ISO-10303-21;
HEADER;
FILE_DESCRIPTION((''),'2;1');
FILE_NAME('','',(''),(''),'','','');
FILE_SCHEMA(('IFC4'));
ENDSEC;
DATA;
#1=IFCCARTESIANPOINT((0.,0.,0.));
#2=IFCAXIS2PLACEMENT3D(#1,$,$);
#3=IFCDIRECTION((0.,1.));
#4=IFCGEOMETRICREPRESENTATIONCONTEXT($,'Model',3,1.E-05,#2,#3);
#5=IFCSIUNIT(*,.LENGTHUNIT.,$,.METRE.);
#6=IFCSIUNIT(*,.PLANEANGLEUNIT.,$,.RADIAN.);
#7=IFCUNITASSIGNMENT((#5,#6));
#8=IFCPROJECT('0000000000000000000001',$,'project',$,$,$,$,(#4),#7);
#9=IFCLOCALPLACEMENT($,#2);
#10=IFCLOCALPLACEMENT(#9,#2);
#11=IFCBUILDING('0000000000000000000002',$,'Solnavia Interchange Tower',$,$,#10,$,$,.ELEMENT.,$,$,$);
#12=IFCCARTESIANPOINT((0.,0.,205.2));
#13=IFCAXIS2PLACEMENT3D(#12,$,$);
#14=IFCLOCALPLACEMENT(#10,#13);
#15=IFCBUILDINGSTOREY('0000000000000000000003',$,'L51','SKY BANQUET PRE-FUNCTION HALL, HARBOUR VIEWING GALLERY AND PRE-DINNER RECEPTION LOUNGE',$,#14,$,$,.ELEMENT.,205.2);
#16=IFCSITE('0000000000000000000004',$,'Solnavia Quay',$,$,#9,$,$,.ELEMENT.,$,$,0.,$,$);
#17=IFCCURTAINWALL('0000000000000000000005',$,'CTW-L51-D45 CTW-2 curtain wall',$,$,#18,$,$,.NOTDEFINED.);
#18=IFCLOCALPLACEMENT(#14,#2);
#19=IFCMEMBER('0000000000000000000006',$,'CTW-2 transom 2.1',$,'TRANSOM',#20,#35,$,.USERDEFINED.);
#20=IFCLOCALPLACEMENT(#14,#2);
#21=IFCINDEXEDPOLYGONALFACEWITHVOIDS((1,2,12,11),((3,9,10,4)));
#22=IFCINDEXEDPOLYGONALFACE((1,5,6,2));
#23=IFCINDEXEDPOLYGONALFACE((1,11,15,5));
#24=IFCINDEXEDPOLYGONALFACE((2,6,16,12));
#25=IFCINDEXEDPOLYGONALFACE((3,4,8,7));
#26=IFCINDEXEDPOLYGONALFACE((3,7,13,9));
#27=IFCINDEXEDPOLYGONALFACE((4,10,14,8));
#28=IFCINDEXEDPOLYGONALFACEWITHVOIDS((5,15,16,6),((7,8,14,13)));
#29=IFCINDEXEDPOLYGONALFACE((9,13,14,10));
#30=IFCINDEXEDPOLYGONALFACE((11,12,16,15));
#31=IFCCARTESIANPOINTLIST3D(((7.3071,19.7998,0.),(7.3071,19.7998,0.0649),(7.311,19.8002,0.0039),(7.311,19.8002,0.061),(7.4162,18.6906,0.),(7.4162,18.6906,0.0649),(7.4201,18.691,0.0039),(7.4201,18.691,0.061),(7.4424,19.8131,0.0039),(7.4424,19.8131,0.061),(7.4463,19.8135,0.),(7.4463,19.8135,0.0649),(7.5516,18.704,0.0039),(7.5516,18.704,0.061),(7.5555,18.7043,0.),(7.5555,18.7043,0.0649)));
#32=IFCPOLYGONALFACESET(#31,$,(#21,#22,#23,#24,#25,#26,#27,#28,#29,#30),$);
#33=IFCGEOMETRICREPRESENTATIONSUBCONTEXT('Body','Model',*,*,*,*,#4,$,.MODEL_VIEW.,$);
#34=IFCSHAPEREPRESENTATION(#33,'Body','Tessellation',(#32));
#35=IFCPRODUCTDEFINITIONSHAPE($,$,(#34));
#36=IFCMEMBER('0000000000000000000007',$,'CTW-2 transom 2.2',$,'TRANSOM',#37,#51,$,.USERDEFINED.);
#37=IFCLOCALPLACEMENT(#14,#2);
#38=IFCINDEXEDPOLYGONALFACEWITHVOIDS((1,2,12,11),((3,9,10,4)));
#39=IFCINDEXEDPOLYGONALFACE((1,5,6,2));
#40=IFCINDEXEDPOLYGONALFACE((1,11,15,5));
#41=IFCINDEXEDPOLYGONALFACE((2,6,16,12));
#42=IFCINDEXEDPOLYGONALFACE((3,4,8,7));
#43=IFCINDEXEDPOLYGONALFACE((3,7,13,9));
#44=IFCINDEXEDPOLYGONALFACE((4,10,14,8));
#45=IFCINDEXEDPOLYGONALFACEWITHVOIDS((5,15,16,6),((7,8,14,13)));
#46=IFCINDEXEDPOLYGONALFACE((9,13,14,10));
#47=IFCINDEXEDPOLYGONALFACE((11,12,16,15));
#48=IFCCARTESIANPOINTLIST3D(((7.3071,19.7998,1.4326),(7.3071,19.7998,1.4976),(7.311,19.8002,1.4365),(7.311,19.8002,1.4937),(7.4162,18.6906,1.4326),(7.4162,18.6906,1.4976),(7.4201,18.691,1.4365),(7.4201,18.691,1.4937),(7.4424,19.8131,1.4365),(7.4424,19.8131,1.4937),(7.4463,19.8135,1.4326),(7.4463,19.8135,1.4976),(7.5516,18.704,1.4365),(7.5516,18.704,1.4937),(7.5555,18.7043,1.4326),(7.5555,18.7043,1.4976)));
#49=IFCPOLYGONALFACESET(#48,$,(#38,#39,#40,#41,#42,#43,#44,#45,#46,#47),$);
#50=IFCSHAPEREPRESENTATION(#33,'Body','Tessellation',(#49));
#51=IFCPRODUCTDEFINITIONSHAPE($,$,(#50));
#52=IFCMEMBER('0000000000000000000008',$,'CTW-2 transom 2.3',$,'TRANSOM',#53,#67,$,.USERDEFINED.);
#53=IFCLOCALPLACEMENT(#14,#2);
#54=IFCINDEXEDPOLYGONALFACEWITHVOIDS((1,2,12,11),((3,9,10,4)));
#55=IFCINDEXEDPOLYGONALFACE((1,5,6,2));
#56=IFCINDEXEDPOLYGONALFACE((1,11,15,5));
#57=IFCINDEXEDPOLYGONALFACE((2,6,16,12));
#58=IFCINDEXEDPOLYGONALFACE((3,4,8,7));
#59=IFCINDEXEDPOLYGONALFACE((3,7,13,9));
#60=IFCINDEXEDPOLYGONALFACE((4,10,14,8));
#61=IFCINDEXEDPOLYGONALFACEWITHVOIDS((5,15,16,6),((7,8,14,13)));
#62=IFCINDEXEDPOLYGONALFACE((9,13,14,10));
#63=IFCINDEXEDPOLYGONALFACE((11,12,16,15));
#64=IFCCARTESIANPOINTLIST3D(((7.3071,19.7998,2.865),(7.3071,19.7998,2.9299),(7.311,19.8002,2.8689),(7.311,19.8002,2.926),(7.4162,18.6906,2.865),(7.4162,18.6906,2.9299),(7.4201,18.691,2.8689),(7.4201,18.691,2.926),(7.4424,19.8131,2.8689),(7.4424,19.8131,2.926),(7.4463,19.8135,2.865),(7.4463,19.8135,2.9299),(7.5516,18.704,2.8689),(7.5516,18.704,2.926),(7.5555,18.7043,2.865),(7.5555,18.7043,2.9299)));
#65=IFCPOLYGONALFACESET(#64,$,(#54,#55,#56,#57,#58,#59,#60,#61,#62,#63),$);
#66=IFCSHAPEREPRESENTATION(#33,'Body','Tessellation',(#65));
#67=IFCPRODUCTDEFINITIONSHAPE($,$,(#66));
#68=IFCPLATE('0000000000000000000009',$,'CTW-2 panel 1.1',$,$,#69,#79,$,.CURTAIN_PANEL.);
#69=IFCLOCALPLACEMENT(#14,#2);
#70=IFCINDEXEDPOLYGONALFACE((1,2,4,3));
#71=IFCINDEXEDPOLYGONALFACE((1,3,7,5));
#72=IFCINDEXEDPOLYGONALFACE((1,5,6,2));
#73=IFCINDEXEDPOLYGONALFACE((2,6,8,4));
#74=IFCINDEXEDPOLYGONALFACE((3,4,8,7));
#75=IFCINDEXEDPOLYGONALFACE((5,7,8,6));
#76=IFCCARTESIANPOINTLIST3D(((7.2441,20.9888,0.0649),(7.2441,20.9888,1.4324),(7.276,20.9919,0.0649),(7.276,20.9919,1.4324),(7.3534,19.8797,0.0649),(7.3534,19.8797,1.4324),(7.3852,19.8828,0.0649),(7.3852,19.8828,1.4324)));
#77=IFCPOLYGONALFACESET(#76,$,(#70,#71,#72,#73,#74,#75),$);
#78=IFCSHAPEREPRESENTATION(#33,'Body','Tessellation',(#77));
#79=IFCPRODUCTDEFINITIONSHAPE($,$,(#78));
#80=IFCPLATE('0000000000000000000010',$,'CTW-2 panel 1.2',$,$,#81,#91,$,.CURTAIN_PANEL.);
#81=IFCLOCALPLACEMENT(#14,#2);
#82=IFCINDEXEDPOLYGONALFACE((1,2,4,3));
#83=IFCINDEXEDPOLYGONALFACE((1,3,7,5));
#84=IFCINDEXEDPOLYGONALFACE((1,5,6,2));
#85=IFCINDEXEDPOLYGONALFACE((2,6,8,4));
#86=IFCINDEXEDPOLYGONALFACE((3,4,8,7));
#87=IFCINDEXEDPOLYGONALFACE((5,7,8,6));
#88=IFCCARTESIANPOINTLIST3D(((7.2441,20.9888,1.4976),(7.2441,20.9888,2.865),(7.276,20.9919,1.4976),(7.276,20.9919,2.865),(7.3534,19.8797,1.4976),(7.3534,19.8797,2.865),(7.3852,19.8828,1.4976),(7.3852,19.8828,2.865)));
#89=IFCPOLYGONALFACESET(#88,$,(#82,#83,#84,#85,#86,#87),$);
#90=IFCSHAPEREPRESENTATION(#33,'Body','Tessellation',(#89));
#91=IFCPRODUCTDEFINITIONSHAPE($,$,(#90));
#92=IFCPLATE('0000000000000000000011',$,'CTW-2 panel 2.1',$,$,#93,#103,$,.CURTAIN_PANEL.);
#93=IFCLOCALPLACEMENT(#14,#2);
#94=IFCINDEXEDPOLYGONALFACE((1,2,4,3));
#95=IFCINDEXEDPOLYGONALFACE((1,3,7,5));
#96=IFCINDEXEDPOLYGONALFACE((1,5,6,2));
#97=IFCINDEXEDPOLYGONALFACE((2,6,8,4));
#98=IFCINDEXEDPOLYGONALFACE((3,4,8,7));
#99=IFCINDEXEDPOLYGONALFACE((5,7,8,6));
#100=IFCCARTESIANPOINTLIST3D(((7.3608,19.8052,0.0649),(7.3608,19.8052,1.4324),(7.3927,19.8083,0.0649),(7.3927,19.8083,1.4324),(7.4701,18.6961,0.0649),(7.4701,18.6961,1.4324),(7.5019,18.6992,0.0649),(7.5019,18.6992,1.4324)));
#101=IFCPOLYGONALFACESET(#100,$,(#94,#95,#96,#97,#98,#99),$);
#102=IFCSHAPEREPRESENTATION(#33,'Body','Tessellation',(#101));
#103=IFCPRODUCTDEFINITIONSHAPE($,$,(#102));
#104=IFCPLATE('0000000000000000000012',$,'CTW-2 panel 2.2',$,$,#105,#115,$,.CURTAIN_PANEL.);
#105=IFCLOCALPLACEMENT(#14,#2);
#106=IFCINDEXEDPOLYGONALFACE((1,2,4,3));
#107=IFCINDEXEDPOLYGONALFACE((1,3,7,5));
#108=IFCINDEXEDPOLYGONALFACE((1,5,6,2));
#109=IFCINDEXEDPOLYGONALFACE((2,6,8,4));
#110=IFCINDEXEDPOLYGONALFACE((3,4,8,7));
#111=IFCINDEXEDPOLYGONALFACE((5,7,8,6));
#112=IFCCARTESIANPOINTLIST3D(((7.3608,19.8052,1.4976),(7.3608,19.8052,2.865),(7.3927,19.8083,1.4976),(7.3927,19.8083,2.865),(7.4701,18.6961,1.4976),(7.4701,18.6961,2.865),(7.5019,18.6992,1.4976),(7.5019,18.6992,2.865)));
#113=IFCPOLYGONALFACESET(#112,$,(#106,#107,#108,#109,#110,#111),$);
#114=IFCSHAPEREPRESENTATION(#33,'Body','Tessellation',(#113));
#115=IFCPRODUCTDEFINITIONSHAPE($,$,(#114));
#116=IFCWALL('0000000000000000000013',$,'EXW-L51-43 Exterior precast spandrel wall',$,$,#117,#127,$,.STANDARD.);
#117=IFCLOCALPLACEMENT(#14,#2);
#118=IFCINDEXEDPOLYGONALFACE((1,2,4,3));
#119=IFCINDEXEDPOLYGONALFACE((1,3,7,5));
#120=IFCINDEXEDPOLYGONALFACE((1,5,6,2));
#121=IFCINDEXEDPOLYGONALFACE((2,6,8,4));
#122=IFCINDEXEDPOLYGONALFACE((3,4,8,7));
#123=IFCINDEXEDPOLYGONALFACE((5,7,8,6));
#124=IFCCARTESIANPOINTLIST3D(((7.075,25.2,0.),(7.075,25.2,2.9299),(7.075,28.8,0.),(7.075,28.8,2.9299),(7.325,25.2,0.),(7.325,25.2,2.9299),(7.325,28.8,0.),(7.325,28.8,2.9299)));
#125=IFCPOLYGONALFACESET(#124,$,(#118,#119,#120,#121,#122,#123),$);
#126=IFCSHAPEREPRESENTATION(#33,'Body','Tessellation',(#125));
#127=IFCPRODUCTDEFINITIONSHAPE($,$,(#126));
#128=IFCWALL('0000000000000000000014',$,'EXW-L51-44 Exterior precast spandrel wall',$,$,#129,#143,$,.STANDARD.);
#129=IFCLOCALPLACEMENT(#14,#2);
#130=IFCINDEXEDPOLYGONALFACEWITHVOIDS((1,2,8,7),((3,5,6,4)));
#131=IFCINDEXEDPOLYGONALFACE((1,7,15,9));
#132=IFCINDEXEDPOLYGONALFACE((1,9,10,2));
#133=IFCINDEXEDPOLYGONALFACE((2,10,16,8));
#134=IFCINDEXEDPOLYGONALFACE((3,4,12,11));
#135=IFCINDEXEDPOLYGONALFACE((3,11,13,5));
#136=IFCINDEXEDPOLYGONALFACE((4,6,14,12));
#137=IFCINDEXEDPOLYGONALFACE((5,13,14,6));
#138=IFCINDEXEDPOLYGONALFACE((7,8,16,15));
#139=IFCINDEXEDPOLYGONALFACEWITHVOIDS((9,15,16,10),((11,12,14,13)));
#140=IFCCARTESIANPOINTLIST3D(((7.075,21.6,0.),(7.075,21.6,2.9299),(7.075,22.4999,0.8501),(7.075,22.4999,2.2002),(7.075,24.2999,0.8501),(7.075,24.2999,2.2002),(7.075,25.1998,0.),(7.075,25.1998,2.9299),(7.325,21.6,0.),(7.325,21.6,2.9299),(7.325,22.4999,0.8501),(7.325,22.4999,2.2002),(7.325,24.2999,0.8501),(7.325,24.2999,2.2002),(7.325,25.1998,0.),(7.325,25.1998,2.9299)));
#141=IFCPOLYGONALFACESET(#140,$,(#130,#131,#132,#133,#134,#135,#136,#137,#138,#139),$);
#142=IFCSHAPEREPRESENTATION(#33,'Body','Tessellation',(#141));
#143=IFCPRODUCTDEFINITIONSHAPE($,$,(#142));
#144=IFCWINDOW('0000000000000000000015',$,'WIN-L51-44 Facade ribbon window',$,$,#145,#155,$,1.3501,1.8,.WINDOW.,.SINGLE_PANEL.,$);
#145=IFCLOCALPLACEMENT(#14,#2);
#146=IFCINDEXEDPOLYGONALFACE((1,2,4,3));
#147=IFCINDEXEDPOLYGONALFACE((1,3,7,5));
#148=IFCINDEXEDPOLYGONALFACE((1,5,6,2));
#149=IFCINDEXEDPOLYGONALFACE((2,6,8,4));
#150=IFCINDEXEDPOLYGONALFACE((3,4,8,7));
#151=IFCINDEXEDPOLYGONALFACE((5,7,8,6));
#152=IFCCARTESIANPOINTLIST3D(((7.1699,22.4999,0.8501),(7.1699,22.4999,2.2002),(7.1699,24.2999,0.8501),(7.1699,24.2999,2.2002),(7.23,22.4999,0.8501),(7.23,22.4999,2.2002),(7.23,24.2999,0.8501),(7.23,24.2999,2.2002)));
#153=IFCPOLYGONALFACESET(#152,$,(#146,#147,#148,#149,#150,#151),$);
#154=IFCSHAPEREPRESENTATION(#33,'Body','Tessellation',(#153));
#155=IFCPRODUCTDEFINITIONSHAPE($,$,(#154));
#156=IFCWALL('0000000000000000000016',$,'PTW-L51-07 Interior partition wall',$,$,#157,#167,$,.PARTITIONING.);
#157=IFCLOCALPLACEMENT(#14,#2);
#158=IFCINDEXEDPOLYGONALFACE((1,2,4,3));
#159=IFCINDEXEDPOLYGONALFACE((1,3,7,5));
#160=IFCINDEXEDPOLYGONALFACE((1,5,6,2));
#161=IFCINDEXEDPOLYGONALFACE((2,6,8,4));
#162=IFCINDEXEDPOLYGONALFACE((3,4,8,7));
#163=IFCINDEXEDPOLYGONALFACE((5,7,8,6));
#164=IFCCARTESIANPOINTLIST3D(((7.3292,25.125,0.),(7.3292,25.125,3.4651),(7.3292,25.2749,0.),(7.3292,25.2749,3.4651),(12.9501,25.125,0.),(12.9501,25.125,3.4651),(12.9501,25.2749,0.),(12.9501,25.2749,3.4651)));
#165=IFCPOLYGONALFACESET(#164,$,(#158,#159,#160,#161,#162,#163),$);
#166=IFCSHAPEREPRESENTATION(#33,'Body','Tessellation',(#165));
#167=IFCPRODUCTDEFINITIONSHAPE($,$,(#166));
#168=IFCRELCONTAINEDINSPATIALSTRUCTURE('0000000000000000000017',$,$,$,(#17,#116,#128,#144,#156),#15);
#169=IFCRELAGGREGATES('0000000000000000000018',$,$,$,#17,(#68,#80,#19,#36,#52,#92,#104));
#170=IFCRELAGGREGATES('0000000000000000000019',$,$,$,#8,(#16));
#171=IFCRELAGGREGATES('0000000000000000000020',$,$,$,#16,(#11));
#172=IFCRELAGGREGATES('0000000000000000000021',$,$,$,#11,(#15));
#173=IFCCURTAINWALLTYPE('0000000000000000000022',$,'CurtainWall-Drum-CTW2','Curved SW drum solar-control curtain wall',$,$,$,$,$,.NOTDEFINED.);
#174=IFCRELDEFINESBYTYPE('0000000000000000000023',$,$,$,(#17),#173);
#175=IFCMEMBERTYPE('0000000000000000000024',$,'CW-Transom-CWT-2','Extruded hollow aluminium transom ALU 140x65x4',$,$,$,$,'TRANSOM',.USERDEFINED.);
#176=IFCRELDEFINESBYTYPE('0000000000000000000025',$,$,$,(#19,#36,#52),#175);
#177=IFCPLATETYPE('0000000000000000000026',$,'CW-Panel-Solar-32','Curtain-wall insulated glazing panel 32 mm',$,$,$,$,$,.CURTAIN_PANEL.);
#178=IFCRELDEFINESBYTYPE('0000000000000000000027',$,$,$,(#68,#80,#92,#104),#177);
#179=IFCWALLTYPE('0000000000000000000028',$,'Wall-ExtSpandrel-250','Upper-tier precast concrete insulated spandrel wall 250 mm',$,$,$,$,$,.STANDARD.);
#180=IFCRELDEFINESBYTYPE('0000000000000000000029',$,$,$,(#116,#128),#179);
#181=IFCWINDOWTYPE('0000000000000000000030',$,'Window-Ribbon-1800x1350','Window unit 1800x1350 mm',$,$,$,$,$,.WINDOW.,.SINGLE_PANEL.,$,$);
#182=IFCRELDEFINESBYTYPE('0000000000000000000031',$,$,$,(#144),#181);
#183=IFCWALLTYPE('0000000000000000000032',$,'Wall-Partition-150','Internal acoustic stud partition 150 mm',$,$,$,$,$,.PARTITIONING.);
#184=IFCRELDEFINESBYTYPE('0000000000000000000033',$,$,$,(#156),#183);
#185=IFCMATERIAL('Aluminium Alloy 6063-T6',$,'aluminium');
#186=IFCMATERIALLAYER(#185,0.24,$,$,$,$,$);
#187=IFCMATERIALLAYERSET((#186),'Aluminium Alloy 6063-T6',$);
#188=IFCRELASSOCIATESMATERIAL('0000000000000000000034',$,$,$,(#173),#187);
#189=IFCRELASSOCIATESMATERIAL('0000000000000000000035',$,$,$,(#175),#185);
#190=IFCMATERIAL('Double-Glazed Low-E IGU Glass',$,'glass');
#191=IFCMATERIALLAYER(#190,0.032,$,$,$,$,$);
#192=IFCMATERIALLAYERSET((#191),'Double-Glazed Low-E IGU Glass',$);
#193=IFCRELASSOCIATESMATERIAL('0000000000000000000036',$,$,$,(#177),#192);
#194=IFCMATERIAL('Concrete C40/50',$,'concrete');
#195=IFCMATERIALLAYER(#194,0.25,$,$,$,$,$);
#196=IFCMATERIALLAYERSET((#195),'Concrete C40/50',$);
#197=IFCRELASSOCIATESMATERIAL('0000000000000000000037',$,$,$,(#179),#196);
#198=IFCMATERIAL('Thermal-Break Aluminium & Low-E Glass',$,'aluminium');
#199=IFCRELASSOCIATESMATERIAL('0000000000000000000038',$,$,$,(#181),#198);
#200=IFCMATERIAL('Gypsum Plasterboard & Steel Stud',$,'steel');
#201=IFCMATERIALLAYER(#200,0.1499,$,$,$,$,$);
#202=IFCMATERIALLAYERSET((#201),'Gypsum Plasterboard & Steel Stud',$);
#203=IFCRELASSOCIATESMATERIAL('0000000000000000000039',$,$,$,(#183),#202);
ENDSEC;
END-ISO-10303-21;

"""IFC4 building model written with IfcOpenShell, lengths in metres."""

from ifc_helpers import new_model, si_unit, direction, frame, frame_2d, origin, origin_2d, place, context, subcontext, project, spatial, rectangle, hollow_rectangle, extrude, material, layer, layer_set, material_profile, profile_set, type_object, element, fill, aggregate, save


model = new_model("IFC4")

# Units and contexts
model_context = context("Model", 3, precision=1e-05, world=origin(), true_north=direction((0.0, 1.0)))
body_context = subcontext(model_context, "Body", "Model", "MODEL_VIEW")
ifc_project = project(units=[si_unit("LENGTHUNIT", "METRE"), si_unit("PLANEANGLEUNIT", "RADIAN")], contexts=[model_context])

# Site, building, storey
site_placement = place(None, origin())
site = spatial("IfcSite", under=ifc_project, at=site_placement, Name="Solnavia Quay", CompositionType="ELEMENT", RefElevation=0.0)
building_placement = place(site_placement, origin())
building = spatial("IfcBuilding", under=site, at=building_placement, Name="Solnavia Interchange Tower", CompositionType="ELEMENT")
storey_placement = place(building_placement, frame((0.0, 0.0, 205.2)))
storey = spatial("IfcBuildingStorey", under=building, at=storey_placement, Name="L51", Description="SKY BANQUET PRE-FUNCTION HALL, HARBOUR VIEWING GALLERY AND PRE-DINNER RECEPTION LOUNGE", CompositionType="ELEMENT", Elevation=205.2)

# Curtain wall, members, plates
ifc_material_1 = material(Name="Aluminium Alloy 6063-T6", Category="aluminium")
ifc_layer_1 = layer(ifc_material_1, 0.24)
ifc_layer_set_1 = layer_set([ifc_layer_1], Name="Aluminium Alloy 6063-T6")
curtain_wall_type = type_object("IfcCurtainWallType", Name="CurtainWall-Drum-CTW2", Description="Curved SW drum solar-control curtain wall", PredefinedType="NOTDEFINED", material=ifc_layer_set_1)
curtain_wall_placement = place(storey_placement, origin())
curtain_wall = element("IfcCurtainWall", 1, at=curtain_wall_placement, inside=storey, type_object=curtain_wall_type, Name="CTW-L51-D45 CTW-2 curtain wall", PredefinedType="NOTDEFINED")
ifc_material_profile_1 = material_profile(ifc_material_1, hollow_rectangle(XDim=0.0649, YDim=0.1399, WallThickness=0.0039, at=origin_2d()), Name="ALU 140x65x4")
ifc_profile_set_1 = profile_set([ifc_material_profile_1], Name="Aluminium Alloy 6063-T6")
member_type_1 = type_object("IfcMemberType", Name="CW-Transom-CWT-2", Description="Extruded hollow aluminium transom ALU 140x65x4", ElementType="TRANSOM", PredefinedType="USERDEFINED", material=ifc_profile_set_1)
member_1_placement = place(storey_placement, frame((7.3767, 19.8066, 0.0325), z_axis=(0.09792, -0.995194, 0.0), x_axis=(0.0, 0.0, 1.0)))
member_1 = element("IfcMember", 2, at=member_1_placement, type_object=member_type_1, Name="CTW-2 transom 2.1", ObjectType="TRANSOM", PredefinedType="USERDEFINED", context=body_context, shape_type="SweptSolid", body=[
    extrude(hollow_rectangle(XDim=0.0649, YDim=0.1399, WallThickness=0.0039, at=origin_2d()), origin(), (0.0, 0.0, 1.0), 1.1145),
])
member_2_placement = place(storey_placement, frame((7.3767, 19.8066, 1.4651), z_axis=(0.09792, -0.995194, 0.0), x_axis=(0.0, 0.0, 1.0)))
member_2 = element("IfcMember", 3, at=member_2_placement, type_object=member_type_1, Name="CTW-2 transom 2.2", ObjectType="TRANSOM", PredefinedType="USERDEFINED", context=body_context, shape_type="SweptSolid", body=[
    extrude(hollow_rectangle(XDim=0.0649, YDim=0.1399, WallThickness=0.0039, at=origin_2d()), origin(), (0.0, 0.0, 1.0), 1.1145),
])
member_3_placement = place(storey_placement, frame((7.3767, 19.8066, 2.8975), z_axis=(0.09792, -0.995194, 0.0), x_axis=(0.0, 0.0, 1.0)))
member_3 = element("IfcMember", 4, at=member_3_placement, type_object=member_type_1, Name="CTW-2 transom 2.3", ObjectType="TRANSOM", PredefinedType="USERDEFINED", context=body_context, shape_type="SweptSolid", body=[
    extrude(hollow_rectangle(XDim=0.0649, YDim=0.1399, WallThickness=0.0039, at=origin_2d()), origin(), (0.0, 0.0, 1.0), 1.1145),
])
ifc_material_2 = material(Name="Double-Glazed Low-E IGU Glass", Category="glass")
ifc_layer_2 = layer(ifc_material_2, 0.032)
ifc_layer_set_2 = layer_set([ifc_layer_2], Name="Double-Glazed Low-E IGU Glass")
plate_type = type_object("IfcPlateType", Name="CW-Panel-Solar-32", Description="Curtain-wall insulated glazing panel 32 mm", PredefinedType="CURTAIN_PANEL", material=ifc_layer_set_2)
plate_1_placement = place(storey_placement, frame((7.3147, 20.4358, 0.0649), z_axis=(0.0, 0.0, 1.0), x_axis=(0.098043, -0.995182, 0.0)))
plate_1 = element("IfcPlate", 5, at=plate_1_placement, type_object=plate_type, Name="CTW-2 panel 1.1", PredefinedType="CURTAIN_PANEL", context=body_context, shape_type="SweptSolid", body=[
    extrude(rectangle(XDim=1.1145, YDim=0.032, at=origin_2d()), origin(), (0.0, 0.0, 1.0), 1.3674),
])
plate_2_placement = place(storey_placement, frame((7.3147, 20.4358, 1.4976), z_axis=(0.0, 0.0, 1.0), x_axis=(0.098043, -0.995182, 0.0)))
plate_2 = element("IfcPlate", 6, at=plate_2_placement, type_object=plate_type, Name="CTW-2 panel 1.2", PredefinedType="CURTAIN_PANEL", context=body_context, shape_type="SweptSolid", body=[
    extrude(rectangle(XDim=1.1145, YDim=0.032, at=origin_2d()), origin(), (0.0, 0.0, 1.0), 1.3674),
])
plate_3_placement = place(storey_placement, frame((7.4314, 19.2522, 0.0649), z_axis=(0.0, 0.0, 1.0), x_axis=(0.098043, -0.995182, 0.0)))
plate_3 = element("IfcPlate", 7, at=plate_3_placement, type_object=plate_type, Name="CTW-2 panel 2.1", PredefinedType="CURTAIN_PANEL", context=body_context, shape_type="SweptSolid", body=[
    extrude(rectangle(XDim=1.1145, YDim=0.032, at=origin_2d()), origin(), (0.0, 0.0, 1.0), 1.3674),
])
plate_4_placement = place(storey_placement, frame((7.4314, 19.2522, 1.4976), z_axis=(0.0, 0.0, 1.0), x_axis=(0.098043, -0.995182, 0.0)))
plate_4 = element("IfcPlate", 8, at=plate_4_placement, type_object=plate_type, Name="CTW-2 panel 2.2", PredefinedType="CURTAIN_PANEL", context=body_context, shape_type="SweptSolid", body=[
    extrude(rectangle(XDim=1.1145, YDim=0.032, at=origin_2d()), origin(), (0.0, 0.0, 1.0), 1.3674),
])
aggregate(curtain_wall, [plate_1, plate_2, member_1, member_2, member_3, plate_3, plate_4])

# Wall
ifc_material_3 = material(Name="Concrete C40/50", Category="concrete")
ifc_layer_3 = layer(ifc_material_3, 0.25)
ifc_layer_set_3 = layer_set([ifc_layer_3], Name="Concrete C40/50")
wall_type_1 = type_object("IfcWallType", Name="Wall-ExtSpandrel-250", Description="Upper-tier precast concrete insulated spandrel wall 250 mm", PredefinedType="STANDARD", material=ifc_layer_set_3)
wall_1_placement = place(storey_placement, frame((7.2, 25.2, 0.0), z_axis=(0.0, 0.0, 1.0), x_axis=(0.0, 1.0, 0.0)))
element("IfcWall", 9, at=wall_1_placement, inside=storey, type_object=wall_type_1, Name="EXW-L51-43 Exterior precast spandrel wall", PredefinedType="STANDARD", context=body_context, shape_type="SweptSolid", body=[
    extrude(rectangle(XDim=3.6001, YDim=0.25, at=frame_2d((1.8, 0.0))), origin(), (0.0, 0.0, 1.0), 2.9299),
])

# Wall, opening, window
wall_2_placement = place(storey_placement, frame((7.2, 21.6001, 0.0), z_axis=(0.0, 0.0, 1.0), x_axis=(0.0, 1.0, 0.0)))
wall_2 = element("IfcWall", 10, at=wall_2_placement, inside=storey, type_object=wall_type_1, Name="EXW-L51-44 Exterior precast spandrel wall", PredefinedType="STANDARD", context=body_context, shape_type="SweptSolid", body=[
    extrude(rectangle(XDim=3.5999, YDim=0.25, at=frame_2d((1.7998, 0.0))), origin(), (0.0, 0.0, 1.0), 2.9299),
])
opening_placement = place(wall_2_placement, frame((0.8999, 0.0, 0.8501)))
opening = element("IfcOpeningElement", 11, at=opening_placement, cuts=wall_2, PredefinedType="OPENING", context=body_context, shape_type="SweptSolid", body=[
    extrude(rectangle(XDim=1.8, YDim=1.3501, at=frame_2d((0.8999, 0.675))), frame((0.0, 0.135, 0.0), z_axis=(0.0, -1.0, 0.0), x_axis=(1.0, 0.0, 0.0)), (0.0, 0.0, 1.0), 0.27),
])
ifc_material_4 = material(Name="Thermal-Break Aluminium & Low-E Glass", Category="aluminium")
window_type = type_object("IfcWindowType", Name="Window-Ribbon-1800x1350", Description="Window unit 1800x1350 mm", PartitioningType="SINGLE_PANEL", PredefinedType="WINDOW", material=ifc_material_4)
window_placement = place(opening_placement, origin())
window = element("IfcWindow", 12, at=window_placement, inside=storey, type_object=window_type, Name="WIN-L51-44 Facade ribbon window", OverallHeight=1.3501, OverallWidth=1.8, PartitioningType="SINGLE_PANEL", PredefinedType="WINDOW", context=body_context, shape_type="SweptSolid", body=[
    extrude(rectangle(XDim=1.8, YDim=1.3501, at=frame_2d((0.8999, 0.675))), frame((0.0, 0.03, 0.0), z_axis=(0.0, -1.0, 0.0), x_axis=(1.0, 0.0, 0.0)), (0.0, 0.0, 1.0), 0.0601),
])
fill(opening, window)

# Wall
ifc_material_5 = material(Name="Gypsum Plasterboard & Steel Stud", Category="steel")
ifc_layer_4 = layer(ifc_material_5, 0.1499)
ifc_layer_set_4 = layer_set([ifc_layer_4], Name="Gypsum Plasterboard & Steel Stud")
wall_type_2 = type_object("IfcWallType", Name="Wall-Partition-150", Description="Internal acoustic stud partition 150 mm", PredefinedType="PARTITIONING", material=ifc_layer_set_4)
wall_3_placement = place(storey_placement, frame((7.3291, 25.2, 0.0), z_axis=(0.0, 0.0, 1.0), x_axis=(1.0, 0.0, 0.0)))
element("IfcWall", 13, at=wall_3_placement, inside=storey, type_object=wall_type_2, Name="PTW-L51-07 Interior partition wall", PredefinedType="PARTITIONING", context=body_context, shape_type="SweptSolid", body=[
    extrude(rectangle(XDim=5.6208, YDim=0.1499, at=frame_2d((2.8105, 0.0))), origin(), (0.0, 0.0, 1.0), 3.4651),
])

save(model, "model.ifc")
